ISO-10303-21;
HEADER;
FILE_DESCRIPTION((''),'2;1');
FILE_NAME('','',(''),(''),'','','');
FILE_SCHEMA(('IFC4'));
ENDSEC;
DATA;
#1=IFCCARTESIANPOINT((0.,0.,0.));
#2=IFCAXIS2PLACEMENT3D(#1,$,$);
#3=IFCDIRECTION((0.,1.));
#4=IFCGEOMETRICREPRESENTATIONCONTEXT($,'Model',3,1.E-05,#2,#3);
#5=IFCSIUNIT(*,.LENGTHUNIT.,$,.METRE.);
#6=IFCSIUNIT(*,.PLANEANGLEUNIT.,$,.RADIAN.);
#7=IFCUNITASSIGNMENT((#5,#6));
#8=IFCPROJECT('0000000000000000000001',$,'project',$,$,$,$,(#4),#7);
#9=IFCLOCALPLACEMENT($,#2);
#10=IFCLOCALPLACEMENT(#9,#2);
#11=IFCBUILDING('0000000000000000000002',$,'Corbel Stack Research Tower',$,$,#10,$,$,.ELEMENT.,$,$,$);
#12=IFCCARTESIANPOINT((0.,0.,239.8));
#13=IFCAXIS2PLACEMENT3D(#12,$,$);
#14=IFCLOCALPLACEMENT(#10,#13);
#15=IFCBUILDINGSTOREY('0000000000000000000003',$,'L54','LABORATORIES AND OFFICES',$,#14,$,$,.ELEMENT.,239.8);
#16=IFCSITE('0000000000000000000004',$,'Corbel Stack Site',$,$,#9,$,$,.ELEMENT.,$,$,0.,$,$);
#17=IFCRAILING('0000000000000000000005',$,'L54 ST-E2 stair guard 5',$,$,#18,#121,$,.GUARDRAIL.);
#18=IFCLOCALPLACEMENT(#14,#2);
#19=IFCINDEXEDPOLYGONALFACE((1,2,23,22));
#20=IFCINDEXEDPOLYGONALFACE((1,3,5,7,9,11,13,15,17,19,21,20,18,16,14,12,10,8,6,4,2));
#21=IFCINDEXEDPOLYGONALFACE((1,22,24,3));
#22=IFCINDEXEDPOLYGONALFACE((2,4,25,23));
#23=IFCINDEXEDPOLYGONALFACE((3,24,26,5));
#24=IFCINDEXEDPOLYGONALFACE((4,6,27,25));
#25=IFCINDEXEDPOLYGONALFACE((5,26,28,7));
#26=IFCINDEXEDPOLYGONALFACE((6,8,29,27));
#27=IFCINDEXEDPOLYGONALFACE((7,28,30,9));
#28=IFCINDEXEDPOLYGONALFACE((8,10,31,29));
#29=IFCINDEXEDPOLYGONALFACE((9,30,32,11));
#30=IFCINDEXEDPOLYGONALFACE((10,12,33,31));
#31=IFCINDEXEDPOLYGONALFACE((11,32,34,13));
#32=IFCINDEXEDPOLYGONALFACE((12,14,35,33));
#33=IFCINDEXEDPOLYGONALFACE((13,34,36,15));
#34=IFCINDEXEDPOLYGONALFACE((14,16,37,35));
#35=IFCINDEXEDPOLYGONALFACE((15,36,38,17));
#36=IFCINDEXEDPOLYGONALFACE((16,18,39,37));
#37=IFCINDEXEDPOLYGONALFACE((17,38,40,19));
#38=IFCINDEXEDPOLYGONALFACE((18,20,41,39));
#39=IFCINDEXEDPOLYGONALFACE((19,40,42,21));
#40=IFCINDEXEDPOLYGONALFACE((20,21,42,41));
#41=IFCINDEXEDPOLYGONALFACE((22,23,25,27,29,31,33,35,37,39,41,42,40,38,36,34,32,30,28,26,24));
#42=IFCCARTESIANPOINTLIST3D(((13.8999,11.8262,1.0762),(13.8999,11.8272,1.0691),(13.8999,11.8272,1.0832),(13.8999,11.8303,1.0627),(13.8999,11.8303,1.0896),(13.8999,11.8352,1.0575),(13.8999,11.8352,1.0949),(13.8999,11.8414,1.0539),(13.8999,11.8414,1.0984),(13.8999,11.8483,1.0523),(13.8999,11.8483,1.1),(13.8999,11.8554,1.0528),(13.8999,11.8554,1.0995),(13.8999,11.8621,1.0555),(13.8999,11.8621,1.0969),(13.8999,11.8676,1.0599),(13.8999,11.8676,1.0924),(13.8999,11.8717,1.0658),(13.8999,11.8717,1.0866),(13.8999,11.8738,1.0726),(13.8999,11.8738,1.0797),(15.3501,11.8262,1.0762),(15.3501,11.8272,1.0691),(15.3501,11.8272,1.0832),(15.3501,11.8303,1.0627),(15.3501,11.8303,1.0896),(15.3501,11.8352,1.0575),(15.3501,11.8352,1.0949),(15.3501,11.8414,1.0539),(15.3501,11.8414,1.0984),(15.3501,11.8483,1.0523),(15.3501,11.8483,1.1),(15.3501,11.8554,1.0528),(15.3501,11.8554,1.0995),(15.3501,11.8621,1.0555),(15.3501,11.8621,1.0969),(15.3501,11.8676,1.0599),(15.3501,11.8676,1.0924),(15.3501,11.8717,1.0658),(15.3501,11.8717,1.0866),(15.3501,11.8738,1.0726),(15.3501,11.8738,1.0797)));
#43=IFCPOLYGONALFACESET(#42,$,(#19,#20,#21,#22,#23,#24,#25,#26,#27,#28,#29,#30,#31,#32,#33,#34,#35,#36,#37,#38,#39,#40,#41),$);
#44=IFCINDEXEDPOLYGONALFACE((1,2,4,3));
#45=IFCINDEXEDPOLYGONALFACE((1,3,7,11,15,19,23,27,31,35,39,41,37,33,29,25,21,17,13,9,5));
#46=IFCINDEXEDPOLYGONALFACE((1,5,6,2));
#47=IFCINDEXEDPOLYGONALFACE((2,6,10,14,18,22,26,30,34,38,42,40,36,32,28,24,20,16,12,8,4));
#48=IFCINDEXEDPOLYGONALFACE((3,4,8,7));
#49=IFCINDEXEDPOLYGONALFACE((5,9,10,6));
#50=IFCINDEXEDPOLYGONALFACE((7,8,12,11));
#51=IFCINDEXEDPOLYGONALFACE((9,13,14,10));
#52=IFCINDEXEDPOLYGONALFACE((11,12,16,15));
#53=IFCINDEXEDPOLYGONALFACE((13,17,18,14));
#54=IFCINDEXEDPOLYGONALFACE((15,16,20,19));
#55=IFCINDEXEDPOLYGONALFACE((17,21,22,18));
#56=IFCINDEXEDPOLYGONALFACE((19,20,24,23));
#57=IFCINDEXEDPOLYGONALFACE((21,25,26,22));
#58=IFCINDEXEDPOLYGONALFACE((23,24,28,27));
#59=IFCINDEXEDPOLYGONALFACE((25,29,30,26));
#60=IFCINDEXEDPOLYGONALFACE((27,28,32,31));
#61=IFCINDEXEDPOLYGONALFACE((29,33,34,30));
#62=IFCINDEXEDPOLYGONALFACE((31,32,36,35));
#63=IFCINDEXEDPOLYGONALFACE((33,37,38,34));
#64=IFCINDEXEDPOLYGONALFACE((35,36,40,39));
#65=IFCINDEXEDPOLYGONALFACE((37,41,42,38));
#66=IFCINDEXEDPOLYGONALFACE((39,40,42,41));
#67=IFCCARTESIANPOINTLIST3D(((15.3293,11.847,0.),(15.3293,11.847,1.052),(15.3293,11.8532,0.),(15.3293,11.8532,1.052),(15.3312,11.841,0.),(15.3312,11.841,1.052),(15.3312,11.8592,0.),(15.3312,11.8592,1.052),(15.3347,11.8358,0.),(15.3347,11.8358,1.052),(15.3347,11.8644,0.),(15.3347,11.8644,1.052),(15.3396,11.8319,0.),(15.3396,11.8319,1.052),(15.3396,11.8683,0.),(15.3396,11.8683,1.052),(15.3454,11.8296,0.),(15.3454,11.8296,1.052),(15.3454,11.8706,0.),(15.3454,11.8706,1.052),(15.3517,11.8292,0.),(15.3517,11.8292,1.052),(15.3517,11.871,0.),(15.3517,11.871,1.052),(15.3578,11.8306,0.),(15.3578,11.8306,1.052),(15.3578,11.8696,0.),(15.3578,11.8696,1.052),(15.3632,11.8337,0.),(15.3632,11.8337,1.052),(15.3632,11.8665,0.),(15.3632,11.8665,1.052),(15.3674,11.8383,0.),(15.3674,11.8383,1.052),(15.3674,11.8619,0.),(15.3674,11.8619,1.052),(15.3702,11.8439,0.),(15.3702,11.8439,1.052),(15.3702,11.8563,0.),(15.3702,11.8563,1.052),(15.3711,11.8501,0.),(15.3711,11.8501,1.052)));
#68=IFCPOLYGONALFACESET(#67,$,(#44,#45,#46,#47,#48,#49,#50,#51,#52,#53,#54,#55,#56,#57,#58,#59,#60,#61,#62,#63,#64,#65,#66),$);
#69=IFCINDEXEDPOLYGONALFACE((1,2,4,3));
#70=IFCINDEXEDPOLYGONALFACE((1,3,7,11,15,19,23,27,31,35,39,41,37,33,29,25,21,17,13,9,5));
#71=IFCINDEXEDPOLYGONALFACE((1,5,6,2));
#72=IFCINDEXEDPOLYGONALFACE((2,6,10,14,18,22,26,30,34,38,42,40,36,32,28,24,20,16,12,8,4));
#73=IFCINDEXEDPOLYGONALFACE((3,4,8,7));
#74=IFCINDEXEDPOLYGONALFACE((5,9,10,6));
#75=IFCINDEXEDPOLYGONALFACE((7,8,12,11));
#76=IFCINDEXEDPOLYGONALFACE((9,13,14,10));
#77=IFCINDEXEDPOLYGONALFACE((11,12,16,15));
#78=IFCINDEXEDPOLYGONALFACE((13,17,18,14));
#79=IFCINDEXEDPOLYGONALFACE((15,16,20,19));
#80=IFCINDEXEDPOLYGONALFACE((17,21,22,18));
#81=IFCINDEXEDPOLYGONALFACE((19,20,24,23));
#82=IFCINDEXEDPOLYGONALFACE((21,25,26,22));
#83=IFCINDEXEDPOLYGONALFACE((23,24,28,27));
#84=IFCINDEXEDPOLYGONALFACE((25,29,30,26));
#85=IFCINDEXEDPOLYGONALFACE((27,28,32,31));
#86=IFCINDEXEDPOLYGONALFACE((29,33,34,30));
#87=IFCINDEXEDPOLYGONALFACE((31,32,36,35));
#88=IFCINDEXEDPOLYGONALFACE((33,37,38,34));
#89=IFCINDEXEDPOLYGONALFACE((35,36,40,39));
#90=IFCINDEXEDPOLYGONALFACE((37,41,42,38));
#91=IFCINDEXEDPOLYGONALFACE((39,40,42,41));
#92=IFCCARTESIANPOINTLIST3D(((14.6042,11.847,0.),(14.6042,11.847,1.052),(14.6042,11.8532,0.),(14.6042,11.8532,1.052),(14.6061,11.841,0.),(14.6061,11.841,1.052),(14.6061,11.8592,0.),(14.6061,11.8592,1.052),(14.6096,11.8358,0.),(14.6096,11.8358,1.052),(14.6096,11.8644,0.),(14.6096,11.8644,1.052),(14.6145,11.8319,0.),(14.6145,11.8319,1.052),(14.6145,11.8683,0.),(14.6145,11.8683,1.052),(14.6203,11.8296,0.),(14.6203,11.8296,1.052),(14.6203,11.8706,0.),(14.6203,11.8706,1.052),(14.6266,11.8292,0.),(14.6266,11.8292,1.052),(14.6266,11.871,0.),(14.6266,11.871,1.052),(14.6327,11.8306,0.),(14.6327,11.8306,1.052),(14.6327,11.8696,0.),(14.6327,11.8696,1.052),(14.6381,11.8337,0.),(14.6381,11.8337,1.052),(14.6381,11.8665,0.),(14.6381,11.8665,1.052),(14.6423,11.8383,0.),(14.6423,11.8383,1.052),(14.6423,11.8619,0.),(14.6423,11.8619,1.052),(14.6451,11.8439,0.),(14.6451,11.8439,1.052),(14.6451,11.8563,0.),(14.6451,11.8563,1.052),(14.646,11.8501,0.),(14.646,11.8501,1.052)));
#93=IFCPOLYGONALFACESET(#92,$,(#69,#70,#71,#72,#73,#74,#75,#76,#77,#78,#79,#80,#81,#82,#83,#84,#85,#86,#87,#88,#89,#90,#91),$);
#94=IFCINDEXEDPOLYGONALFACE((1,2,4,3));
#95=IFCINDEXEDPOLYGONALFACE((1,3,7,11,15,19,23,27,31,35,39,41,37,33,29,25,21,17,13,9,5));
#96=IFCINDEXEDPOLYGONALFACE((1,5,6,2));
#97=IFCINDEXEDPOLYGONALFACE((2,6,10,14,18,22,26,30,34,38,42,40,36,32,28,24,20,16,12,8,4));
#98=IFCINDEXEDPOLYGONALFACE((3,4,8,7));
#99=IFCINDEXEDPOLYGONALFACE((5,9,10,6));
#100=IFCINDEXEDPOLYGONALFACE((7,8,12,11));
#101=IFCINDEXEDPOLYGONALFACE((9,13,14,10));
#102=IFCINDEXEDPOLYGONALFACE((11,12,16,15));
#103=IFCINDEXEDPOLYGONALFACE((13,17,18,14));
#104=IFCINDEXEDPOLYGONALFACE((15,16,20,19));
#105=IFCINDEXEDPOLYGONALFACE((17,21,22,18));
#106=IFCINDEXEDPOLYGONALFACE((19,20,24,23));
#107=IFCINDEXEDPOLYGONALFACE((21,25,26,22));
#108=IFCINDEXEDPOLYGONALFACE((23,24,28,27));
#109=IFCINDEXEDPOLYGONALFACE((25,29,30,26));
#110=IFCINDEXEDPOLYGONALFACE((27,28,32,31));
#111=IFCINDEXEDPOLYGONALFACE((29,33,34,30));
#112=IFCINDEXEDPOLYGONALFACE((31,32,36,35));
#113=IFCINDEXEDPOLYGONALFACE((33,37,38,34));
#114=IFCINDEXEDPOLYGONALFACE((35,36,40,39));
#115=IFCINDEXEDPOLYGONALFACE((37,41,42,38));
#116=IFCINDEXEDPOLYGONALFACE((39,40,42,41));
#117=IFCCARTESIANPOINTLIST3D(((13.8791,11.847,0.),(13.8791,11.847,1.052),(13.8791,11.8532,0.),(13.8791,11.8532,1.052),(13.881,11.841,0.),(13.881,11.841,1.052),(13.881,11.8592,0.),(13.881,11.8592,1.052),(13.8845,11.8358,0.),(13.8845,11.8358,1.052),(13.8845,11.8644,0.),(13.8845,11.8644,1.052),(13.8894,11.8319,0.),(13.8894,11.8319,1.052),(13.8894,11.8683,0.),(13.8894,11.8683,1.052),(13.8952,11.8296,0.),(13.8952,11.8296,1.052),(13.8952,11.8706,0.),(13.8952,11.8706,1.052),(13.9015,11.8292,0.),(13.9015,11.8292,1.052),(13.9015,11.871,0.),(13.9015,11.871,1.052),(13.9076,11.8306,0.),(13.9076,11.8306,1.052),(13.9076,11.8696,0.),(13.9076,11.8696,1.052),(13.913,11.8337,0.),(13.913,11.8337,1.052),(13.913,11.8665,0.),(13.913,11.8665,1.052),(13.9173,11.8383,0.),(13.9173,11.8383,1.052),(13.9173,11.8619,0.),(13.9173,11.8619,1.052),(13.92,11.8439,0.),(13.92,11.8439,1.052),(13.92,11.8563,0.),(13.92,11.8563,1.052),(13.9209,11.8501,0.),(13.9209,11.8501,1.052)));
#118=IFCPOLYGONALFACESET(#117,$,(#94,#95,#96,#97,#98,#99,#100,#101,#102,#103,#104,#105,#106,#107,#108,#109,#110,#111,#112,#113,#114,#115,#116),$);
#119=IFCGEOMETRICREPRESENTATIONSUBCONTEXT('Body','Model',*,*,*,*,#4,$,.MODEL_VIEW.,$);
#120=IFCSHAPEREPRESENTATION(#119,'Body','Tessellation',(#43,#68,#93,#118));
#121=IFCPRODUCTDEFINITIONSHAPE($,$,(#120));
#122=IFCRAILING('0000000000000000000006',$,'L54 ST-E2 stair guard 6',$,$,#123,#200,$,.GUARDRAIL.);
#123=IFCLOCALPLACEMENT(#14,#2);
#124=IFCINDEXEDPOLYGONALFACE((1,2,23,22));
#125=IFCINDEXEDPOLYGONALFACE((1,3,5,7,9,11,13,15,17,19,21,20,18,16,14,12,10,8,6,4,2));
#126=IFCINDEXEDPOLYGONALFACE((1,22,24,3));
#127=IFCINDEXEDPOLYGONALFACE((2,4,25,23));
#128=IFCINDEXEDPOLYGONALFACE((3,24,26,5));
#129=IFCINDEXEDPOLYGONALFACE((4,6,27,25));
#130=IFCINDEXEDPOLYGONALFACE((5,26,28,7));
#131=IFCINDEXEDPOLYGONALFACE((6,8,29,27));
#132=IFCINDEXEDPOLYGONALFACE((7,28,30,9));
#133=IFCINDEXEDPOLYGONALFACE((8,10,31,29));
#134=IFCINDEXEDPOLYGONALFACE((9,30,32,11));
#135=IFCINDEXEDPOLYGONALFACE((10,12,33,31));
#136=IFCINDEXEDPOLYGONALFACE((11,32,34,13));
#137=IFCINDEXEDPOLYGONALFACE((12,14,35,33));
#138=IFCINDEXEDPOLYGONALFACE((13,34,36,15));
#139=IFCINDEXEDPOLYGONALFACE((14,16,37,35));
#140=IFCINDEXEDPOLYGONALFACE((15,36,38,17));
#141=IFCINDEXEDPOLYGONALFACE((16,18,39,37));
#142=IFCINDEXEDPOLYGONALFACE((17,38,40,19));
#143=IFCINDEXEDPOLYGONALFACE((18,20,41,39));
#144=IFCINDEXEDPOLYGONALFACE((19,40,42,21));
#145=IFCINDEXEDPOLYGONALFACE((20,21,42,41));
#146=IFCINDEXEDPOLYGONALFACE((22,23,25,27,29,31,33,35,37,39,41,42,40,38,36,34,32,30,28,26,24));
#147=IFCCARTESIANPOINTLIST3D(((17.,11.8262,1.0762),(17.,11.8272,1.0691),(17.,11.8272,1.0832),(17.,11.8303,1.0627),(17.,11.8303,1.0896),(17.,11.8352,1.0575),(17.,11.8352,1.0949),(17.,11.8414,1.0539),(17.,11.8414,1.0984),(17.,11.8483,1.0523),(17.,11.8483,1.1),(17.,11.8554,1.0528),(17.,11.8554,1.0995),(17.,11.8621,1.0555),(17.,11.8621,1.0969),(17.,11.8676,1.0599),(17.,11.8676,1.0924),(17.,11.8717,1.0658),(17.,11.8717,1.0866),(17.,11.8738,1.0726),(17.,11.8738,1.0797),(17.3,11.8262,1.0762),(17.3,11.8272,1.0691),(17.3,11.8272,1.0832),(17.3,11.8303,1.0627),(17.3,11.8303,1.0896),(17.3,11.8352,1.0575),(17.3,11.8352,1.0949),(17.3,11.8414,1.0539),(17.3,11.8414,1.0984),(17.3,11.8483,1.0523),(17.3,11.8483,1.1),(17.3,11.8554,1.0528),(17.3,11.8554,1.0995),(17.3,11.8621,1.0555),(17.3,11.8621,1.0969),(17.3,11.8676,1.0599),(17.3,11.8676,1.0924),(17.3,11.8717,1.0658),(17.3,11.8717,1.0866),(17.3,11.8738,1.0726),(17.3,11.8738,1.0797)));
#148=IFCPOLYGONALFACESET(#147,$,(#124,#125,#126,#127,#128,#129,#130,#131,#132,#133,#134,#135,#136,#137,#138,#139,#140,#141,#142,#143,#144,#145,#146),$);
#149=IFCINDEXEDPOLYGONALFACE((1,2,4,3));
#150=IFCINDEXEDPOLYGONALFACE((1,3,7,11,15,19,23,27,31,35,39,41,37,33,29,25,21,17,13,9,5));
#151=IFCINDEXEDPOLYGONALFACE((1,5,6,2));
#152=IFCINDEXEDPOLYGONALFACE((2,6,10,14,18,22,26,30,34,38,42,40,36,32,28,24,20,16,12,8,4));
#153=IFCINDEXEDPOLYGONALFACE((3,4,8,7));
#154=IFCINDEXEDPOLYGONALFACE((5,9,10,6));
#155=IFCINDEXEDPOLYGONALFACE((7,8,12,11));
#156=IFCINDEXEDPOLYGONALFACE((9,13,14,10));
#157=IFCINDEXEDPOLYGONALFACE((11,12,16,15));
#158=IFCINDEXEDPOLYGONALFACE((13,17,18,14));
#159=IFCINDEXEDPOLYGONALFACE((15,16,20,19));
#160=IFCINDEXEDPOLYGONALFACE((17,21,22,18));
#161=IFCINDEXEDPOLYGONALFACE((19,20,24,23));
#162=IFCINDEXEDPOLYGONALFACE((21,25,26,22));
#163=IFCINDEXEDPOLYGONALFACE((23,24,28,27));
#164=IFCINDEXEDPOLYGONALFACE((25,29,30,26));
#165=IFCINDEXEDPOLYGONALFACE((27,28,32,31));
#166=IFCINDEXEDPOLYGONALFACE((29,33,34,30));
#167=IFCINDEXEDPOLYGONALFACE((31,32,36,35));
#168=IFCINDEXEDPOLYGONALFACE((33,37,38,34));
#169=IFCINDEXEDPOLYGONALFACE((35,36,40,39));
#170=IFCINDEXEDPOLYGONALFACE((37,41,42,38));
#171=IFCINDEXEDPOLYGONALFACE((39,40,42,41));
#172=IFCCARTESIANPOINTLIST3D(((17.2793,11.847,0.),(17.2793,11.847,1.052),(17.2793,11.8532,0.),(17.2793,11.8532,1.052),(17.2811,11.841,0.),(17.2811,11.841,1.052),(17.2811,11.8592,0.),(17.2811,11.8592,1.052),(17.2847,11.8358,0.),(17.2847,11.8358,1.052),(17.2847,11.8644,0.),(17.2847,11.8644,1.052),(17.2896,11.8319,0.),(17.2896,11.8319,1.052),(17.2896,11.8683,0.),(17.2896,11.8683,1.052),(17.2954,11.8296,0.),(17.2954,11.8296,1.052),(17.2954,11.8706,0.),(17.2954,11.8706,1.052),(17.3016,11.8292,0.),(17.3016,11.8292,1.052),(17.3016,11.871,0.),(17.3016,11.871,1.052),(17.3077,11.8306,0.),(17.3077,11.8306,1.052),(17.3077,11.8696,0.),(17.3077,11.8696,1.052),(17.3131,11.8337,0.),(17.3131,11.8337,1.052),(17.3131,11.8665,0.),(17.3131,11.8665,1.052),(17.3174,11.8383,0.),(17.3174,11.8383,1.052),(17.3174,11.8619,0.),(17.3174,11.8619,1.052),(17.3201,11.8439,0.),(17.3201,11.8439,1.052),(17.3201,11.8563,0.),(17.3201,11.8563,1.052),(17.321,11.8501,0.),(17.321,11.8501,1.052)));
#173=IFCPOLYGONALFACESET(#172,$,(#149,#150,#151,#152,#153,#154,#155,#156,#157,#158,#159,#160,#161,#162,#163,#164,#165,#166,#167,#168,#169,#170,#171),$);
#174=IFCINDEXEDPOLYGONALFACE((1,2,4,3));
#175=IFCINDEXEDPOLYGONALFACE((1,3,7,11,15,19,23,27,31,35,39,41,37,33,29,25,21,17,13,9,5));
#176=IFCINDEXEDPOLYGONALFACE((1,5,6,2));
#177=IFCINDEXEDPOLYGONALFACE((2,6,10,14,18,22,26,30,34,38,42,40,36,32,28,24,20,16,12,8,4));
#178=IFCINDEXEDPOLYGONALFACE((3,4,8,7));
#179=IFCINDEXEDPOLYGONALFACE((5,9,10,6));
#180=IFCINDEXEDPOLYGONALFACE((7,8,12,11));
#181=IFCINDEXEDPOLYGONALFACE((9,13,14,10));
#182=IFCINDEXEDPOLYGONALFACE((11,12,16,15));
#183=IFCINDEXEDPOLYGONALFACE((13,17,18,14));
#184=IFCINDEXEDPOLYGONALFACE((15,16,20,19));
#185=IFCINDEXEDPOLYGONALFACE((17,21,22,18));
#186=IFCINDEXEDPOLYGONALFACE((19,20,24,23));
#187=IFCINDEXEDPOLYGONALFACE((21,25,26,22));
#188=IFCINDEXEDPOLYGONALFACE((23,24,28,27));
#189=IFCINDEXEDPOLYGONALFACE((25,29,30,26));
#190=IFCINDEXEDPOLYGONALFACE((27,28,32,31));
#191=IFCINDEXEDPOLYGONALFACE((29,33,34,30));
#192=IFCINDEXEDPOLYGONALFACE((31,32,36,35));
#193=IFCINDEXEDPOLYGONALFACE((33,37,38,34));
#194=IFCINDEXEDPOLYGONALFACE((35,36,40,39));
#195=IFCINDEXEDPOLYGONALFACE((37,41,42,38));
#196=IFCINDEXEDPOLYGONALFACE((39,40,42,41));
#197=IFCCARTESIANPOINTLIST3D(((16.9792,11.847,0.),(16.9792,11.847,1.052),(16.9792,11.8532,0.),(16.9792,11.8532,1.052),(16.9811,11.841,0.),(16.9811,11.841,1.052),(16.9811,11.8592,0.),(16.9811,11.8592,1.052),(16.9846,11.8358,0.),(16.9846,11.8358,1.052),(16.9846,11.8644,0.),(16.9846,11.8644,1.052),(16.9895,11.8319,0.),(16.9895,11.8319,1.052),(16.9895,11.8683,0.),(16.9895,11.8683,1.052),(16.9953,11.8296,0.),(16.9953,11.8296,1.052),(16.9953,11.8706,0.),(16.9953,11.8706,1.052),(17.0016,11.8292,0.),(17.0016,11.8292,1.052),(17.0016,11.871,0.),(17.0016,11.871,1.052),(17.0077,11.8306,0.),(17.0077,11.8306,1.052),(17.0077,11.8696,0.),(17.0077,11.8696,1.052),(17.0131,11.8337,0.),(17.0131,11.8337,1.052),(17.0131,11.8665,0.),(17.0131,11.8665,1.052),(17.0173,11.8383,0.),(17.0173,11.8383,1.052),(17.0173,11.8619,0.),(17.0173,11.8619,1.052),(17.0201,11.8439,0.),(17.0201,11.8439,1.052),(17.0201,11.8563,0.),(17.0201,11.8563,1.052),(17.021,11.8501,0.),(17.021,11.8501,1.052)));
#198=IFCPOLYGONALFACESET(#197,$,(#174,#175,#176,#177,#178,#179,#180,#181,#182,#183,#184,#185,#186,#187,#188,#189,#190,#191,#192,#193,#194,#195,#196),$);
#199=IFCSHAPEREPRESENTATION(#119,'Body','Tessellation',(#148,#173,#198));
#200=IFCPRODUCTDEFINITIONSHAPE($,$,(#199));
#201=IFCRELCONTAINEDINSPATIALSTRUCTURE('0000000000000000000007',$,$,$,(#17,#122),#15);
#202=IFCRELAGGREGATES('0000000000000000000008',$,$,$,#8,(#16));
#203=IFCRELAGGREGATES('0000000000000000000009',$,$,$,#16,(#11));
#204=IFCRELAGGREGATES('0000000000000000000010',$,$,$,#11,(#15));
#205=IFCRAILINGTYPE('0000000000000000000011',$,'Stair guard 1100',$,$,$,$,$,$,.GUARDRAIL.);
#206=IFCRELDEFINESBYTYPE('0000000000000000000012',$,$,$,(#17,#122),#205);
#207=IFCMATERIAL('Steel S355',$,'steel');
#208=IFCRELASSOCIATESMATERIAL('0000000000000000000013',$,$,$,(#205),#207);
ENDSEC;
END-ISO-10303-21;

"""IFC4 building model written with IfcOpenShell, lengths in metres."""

from ifc_helpers import new_model, si_unit, direction, frame, origin, origin_2d, place, context, subcontext, project, spatial, circle, extrude, material, type_object, element, save


model = new_model("IFC4")

# Units and contexts
model_context = context("Model", 3, precision=1e-05, world=origin(), true_north=direction((0.0, 1.0)))
body_context = subcontext(model_context, "Body", "Model", "MODEL_VIEW")
ifc_project = project(units=[si_unit("LENGTHUNIT", "METRE"), si_unit("PLANEANGLEUNIT", "RADIAN")], contexts=[model_context])

# Site, building, storey
site_placement = place(None, origin())
site = spatial("IfcSite", under=ifc_project, at=site_placement, Name="Corbel Stack Site", CompositionType="ELEMENT", RefElevation=0.0)
building_placement = place(site_placement, origin())
building = spatial("IfcBuilding", under=site, at=building_placement, Name="Corbel Stack Research Tower", CompositionType="ELEMENT")
storey_placement = place(building_placement, frame((0.0, 0.0, 239.8)))
storey = spatial("IfcBuildingStorey", under=building, at=storey_placement, Name="L54", Description="LABORATORIES AND OFFICES", CompositionType="ELEMENT", Elevation=239.8)

# Railings
ifc_material_1 = material(Name="Steel S355", Category="steel")
railing_type_1 = type_object("IfcRailingType", Name="Stair guard 1100", PredefinedType="GUARDRAIL", material=ifc_material_1)
railing_1_placement = place(storey_placement, frame((15.3501, 11.8501, 0.0)))
element("IfcRailing", 1, at=railing_1_placement, inside=storey, type_object=railing_type_1, Name="L54 ST-E2 stair guard 5", PredefinedType="GUARDRAIL", context=body_context, shape_type="SweptSolid", body=[
    extrude(circle(Radius=0.0239, at=origin_2d()), frame((0.0, 0.0, 1.0762), z_axis=(-1.0, 0.0, 0.0), x_axis=(0.0, -1.0, 0.0)), (0.0, 0.0, 1.0), 1.4502),
    extrude(circle(Radius=0.021, at=origin_2d()), origin(), (0.0, 0.0, 1.0), 1.052),
    extrude(circle(Radius=0.021, at=origin_2d()), frame((-0.7251, 0.0, 0.0)), (0.0, 0.0, 1.0), 1.052),
    extrude(circle(Radius=0.021, at=origin_2d()), frame((-1.4502, 0.0, 0.0)), (0.0, 0.0, 1.0), 1.052),
])
railing_2_placement = place(storey_placement, frame((17.3, 11.8501, 0.0)))
element("IfcRailing", 2, at=railing_2_placement, inside=storey, type_object=railing_type_1, Name="L54 ST-E2 stair guard 6", PredefinedType="GUARDRAIL", context=body_context, shape_type="SweptSolid", body=[
    extrude(circle(Radius=0.0239, at=origin_2d()), frame((0.0, 0.0, 1.0762), z_axis=(-1.0, 0.0, 0.0), x_axis=(0.0, -1.0, 0.0)), (0.0, 0.0, 1.0), 0.3),
    extrude(circle(Radius=0.021, at=origin_2d()), origin(), (0.0, 0.0, 1.0), 1.052),
    extrude(circle(Radius=0.021, at=origin_2d()), frame((-0.3, 0.0, 0.0)), (0.0, 0.0, 1.0), 1.052),
])

save(model, "model.ifc")
